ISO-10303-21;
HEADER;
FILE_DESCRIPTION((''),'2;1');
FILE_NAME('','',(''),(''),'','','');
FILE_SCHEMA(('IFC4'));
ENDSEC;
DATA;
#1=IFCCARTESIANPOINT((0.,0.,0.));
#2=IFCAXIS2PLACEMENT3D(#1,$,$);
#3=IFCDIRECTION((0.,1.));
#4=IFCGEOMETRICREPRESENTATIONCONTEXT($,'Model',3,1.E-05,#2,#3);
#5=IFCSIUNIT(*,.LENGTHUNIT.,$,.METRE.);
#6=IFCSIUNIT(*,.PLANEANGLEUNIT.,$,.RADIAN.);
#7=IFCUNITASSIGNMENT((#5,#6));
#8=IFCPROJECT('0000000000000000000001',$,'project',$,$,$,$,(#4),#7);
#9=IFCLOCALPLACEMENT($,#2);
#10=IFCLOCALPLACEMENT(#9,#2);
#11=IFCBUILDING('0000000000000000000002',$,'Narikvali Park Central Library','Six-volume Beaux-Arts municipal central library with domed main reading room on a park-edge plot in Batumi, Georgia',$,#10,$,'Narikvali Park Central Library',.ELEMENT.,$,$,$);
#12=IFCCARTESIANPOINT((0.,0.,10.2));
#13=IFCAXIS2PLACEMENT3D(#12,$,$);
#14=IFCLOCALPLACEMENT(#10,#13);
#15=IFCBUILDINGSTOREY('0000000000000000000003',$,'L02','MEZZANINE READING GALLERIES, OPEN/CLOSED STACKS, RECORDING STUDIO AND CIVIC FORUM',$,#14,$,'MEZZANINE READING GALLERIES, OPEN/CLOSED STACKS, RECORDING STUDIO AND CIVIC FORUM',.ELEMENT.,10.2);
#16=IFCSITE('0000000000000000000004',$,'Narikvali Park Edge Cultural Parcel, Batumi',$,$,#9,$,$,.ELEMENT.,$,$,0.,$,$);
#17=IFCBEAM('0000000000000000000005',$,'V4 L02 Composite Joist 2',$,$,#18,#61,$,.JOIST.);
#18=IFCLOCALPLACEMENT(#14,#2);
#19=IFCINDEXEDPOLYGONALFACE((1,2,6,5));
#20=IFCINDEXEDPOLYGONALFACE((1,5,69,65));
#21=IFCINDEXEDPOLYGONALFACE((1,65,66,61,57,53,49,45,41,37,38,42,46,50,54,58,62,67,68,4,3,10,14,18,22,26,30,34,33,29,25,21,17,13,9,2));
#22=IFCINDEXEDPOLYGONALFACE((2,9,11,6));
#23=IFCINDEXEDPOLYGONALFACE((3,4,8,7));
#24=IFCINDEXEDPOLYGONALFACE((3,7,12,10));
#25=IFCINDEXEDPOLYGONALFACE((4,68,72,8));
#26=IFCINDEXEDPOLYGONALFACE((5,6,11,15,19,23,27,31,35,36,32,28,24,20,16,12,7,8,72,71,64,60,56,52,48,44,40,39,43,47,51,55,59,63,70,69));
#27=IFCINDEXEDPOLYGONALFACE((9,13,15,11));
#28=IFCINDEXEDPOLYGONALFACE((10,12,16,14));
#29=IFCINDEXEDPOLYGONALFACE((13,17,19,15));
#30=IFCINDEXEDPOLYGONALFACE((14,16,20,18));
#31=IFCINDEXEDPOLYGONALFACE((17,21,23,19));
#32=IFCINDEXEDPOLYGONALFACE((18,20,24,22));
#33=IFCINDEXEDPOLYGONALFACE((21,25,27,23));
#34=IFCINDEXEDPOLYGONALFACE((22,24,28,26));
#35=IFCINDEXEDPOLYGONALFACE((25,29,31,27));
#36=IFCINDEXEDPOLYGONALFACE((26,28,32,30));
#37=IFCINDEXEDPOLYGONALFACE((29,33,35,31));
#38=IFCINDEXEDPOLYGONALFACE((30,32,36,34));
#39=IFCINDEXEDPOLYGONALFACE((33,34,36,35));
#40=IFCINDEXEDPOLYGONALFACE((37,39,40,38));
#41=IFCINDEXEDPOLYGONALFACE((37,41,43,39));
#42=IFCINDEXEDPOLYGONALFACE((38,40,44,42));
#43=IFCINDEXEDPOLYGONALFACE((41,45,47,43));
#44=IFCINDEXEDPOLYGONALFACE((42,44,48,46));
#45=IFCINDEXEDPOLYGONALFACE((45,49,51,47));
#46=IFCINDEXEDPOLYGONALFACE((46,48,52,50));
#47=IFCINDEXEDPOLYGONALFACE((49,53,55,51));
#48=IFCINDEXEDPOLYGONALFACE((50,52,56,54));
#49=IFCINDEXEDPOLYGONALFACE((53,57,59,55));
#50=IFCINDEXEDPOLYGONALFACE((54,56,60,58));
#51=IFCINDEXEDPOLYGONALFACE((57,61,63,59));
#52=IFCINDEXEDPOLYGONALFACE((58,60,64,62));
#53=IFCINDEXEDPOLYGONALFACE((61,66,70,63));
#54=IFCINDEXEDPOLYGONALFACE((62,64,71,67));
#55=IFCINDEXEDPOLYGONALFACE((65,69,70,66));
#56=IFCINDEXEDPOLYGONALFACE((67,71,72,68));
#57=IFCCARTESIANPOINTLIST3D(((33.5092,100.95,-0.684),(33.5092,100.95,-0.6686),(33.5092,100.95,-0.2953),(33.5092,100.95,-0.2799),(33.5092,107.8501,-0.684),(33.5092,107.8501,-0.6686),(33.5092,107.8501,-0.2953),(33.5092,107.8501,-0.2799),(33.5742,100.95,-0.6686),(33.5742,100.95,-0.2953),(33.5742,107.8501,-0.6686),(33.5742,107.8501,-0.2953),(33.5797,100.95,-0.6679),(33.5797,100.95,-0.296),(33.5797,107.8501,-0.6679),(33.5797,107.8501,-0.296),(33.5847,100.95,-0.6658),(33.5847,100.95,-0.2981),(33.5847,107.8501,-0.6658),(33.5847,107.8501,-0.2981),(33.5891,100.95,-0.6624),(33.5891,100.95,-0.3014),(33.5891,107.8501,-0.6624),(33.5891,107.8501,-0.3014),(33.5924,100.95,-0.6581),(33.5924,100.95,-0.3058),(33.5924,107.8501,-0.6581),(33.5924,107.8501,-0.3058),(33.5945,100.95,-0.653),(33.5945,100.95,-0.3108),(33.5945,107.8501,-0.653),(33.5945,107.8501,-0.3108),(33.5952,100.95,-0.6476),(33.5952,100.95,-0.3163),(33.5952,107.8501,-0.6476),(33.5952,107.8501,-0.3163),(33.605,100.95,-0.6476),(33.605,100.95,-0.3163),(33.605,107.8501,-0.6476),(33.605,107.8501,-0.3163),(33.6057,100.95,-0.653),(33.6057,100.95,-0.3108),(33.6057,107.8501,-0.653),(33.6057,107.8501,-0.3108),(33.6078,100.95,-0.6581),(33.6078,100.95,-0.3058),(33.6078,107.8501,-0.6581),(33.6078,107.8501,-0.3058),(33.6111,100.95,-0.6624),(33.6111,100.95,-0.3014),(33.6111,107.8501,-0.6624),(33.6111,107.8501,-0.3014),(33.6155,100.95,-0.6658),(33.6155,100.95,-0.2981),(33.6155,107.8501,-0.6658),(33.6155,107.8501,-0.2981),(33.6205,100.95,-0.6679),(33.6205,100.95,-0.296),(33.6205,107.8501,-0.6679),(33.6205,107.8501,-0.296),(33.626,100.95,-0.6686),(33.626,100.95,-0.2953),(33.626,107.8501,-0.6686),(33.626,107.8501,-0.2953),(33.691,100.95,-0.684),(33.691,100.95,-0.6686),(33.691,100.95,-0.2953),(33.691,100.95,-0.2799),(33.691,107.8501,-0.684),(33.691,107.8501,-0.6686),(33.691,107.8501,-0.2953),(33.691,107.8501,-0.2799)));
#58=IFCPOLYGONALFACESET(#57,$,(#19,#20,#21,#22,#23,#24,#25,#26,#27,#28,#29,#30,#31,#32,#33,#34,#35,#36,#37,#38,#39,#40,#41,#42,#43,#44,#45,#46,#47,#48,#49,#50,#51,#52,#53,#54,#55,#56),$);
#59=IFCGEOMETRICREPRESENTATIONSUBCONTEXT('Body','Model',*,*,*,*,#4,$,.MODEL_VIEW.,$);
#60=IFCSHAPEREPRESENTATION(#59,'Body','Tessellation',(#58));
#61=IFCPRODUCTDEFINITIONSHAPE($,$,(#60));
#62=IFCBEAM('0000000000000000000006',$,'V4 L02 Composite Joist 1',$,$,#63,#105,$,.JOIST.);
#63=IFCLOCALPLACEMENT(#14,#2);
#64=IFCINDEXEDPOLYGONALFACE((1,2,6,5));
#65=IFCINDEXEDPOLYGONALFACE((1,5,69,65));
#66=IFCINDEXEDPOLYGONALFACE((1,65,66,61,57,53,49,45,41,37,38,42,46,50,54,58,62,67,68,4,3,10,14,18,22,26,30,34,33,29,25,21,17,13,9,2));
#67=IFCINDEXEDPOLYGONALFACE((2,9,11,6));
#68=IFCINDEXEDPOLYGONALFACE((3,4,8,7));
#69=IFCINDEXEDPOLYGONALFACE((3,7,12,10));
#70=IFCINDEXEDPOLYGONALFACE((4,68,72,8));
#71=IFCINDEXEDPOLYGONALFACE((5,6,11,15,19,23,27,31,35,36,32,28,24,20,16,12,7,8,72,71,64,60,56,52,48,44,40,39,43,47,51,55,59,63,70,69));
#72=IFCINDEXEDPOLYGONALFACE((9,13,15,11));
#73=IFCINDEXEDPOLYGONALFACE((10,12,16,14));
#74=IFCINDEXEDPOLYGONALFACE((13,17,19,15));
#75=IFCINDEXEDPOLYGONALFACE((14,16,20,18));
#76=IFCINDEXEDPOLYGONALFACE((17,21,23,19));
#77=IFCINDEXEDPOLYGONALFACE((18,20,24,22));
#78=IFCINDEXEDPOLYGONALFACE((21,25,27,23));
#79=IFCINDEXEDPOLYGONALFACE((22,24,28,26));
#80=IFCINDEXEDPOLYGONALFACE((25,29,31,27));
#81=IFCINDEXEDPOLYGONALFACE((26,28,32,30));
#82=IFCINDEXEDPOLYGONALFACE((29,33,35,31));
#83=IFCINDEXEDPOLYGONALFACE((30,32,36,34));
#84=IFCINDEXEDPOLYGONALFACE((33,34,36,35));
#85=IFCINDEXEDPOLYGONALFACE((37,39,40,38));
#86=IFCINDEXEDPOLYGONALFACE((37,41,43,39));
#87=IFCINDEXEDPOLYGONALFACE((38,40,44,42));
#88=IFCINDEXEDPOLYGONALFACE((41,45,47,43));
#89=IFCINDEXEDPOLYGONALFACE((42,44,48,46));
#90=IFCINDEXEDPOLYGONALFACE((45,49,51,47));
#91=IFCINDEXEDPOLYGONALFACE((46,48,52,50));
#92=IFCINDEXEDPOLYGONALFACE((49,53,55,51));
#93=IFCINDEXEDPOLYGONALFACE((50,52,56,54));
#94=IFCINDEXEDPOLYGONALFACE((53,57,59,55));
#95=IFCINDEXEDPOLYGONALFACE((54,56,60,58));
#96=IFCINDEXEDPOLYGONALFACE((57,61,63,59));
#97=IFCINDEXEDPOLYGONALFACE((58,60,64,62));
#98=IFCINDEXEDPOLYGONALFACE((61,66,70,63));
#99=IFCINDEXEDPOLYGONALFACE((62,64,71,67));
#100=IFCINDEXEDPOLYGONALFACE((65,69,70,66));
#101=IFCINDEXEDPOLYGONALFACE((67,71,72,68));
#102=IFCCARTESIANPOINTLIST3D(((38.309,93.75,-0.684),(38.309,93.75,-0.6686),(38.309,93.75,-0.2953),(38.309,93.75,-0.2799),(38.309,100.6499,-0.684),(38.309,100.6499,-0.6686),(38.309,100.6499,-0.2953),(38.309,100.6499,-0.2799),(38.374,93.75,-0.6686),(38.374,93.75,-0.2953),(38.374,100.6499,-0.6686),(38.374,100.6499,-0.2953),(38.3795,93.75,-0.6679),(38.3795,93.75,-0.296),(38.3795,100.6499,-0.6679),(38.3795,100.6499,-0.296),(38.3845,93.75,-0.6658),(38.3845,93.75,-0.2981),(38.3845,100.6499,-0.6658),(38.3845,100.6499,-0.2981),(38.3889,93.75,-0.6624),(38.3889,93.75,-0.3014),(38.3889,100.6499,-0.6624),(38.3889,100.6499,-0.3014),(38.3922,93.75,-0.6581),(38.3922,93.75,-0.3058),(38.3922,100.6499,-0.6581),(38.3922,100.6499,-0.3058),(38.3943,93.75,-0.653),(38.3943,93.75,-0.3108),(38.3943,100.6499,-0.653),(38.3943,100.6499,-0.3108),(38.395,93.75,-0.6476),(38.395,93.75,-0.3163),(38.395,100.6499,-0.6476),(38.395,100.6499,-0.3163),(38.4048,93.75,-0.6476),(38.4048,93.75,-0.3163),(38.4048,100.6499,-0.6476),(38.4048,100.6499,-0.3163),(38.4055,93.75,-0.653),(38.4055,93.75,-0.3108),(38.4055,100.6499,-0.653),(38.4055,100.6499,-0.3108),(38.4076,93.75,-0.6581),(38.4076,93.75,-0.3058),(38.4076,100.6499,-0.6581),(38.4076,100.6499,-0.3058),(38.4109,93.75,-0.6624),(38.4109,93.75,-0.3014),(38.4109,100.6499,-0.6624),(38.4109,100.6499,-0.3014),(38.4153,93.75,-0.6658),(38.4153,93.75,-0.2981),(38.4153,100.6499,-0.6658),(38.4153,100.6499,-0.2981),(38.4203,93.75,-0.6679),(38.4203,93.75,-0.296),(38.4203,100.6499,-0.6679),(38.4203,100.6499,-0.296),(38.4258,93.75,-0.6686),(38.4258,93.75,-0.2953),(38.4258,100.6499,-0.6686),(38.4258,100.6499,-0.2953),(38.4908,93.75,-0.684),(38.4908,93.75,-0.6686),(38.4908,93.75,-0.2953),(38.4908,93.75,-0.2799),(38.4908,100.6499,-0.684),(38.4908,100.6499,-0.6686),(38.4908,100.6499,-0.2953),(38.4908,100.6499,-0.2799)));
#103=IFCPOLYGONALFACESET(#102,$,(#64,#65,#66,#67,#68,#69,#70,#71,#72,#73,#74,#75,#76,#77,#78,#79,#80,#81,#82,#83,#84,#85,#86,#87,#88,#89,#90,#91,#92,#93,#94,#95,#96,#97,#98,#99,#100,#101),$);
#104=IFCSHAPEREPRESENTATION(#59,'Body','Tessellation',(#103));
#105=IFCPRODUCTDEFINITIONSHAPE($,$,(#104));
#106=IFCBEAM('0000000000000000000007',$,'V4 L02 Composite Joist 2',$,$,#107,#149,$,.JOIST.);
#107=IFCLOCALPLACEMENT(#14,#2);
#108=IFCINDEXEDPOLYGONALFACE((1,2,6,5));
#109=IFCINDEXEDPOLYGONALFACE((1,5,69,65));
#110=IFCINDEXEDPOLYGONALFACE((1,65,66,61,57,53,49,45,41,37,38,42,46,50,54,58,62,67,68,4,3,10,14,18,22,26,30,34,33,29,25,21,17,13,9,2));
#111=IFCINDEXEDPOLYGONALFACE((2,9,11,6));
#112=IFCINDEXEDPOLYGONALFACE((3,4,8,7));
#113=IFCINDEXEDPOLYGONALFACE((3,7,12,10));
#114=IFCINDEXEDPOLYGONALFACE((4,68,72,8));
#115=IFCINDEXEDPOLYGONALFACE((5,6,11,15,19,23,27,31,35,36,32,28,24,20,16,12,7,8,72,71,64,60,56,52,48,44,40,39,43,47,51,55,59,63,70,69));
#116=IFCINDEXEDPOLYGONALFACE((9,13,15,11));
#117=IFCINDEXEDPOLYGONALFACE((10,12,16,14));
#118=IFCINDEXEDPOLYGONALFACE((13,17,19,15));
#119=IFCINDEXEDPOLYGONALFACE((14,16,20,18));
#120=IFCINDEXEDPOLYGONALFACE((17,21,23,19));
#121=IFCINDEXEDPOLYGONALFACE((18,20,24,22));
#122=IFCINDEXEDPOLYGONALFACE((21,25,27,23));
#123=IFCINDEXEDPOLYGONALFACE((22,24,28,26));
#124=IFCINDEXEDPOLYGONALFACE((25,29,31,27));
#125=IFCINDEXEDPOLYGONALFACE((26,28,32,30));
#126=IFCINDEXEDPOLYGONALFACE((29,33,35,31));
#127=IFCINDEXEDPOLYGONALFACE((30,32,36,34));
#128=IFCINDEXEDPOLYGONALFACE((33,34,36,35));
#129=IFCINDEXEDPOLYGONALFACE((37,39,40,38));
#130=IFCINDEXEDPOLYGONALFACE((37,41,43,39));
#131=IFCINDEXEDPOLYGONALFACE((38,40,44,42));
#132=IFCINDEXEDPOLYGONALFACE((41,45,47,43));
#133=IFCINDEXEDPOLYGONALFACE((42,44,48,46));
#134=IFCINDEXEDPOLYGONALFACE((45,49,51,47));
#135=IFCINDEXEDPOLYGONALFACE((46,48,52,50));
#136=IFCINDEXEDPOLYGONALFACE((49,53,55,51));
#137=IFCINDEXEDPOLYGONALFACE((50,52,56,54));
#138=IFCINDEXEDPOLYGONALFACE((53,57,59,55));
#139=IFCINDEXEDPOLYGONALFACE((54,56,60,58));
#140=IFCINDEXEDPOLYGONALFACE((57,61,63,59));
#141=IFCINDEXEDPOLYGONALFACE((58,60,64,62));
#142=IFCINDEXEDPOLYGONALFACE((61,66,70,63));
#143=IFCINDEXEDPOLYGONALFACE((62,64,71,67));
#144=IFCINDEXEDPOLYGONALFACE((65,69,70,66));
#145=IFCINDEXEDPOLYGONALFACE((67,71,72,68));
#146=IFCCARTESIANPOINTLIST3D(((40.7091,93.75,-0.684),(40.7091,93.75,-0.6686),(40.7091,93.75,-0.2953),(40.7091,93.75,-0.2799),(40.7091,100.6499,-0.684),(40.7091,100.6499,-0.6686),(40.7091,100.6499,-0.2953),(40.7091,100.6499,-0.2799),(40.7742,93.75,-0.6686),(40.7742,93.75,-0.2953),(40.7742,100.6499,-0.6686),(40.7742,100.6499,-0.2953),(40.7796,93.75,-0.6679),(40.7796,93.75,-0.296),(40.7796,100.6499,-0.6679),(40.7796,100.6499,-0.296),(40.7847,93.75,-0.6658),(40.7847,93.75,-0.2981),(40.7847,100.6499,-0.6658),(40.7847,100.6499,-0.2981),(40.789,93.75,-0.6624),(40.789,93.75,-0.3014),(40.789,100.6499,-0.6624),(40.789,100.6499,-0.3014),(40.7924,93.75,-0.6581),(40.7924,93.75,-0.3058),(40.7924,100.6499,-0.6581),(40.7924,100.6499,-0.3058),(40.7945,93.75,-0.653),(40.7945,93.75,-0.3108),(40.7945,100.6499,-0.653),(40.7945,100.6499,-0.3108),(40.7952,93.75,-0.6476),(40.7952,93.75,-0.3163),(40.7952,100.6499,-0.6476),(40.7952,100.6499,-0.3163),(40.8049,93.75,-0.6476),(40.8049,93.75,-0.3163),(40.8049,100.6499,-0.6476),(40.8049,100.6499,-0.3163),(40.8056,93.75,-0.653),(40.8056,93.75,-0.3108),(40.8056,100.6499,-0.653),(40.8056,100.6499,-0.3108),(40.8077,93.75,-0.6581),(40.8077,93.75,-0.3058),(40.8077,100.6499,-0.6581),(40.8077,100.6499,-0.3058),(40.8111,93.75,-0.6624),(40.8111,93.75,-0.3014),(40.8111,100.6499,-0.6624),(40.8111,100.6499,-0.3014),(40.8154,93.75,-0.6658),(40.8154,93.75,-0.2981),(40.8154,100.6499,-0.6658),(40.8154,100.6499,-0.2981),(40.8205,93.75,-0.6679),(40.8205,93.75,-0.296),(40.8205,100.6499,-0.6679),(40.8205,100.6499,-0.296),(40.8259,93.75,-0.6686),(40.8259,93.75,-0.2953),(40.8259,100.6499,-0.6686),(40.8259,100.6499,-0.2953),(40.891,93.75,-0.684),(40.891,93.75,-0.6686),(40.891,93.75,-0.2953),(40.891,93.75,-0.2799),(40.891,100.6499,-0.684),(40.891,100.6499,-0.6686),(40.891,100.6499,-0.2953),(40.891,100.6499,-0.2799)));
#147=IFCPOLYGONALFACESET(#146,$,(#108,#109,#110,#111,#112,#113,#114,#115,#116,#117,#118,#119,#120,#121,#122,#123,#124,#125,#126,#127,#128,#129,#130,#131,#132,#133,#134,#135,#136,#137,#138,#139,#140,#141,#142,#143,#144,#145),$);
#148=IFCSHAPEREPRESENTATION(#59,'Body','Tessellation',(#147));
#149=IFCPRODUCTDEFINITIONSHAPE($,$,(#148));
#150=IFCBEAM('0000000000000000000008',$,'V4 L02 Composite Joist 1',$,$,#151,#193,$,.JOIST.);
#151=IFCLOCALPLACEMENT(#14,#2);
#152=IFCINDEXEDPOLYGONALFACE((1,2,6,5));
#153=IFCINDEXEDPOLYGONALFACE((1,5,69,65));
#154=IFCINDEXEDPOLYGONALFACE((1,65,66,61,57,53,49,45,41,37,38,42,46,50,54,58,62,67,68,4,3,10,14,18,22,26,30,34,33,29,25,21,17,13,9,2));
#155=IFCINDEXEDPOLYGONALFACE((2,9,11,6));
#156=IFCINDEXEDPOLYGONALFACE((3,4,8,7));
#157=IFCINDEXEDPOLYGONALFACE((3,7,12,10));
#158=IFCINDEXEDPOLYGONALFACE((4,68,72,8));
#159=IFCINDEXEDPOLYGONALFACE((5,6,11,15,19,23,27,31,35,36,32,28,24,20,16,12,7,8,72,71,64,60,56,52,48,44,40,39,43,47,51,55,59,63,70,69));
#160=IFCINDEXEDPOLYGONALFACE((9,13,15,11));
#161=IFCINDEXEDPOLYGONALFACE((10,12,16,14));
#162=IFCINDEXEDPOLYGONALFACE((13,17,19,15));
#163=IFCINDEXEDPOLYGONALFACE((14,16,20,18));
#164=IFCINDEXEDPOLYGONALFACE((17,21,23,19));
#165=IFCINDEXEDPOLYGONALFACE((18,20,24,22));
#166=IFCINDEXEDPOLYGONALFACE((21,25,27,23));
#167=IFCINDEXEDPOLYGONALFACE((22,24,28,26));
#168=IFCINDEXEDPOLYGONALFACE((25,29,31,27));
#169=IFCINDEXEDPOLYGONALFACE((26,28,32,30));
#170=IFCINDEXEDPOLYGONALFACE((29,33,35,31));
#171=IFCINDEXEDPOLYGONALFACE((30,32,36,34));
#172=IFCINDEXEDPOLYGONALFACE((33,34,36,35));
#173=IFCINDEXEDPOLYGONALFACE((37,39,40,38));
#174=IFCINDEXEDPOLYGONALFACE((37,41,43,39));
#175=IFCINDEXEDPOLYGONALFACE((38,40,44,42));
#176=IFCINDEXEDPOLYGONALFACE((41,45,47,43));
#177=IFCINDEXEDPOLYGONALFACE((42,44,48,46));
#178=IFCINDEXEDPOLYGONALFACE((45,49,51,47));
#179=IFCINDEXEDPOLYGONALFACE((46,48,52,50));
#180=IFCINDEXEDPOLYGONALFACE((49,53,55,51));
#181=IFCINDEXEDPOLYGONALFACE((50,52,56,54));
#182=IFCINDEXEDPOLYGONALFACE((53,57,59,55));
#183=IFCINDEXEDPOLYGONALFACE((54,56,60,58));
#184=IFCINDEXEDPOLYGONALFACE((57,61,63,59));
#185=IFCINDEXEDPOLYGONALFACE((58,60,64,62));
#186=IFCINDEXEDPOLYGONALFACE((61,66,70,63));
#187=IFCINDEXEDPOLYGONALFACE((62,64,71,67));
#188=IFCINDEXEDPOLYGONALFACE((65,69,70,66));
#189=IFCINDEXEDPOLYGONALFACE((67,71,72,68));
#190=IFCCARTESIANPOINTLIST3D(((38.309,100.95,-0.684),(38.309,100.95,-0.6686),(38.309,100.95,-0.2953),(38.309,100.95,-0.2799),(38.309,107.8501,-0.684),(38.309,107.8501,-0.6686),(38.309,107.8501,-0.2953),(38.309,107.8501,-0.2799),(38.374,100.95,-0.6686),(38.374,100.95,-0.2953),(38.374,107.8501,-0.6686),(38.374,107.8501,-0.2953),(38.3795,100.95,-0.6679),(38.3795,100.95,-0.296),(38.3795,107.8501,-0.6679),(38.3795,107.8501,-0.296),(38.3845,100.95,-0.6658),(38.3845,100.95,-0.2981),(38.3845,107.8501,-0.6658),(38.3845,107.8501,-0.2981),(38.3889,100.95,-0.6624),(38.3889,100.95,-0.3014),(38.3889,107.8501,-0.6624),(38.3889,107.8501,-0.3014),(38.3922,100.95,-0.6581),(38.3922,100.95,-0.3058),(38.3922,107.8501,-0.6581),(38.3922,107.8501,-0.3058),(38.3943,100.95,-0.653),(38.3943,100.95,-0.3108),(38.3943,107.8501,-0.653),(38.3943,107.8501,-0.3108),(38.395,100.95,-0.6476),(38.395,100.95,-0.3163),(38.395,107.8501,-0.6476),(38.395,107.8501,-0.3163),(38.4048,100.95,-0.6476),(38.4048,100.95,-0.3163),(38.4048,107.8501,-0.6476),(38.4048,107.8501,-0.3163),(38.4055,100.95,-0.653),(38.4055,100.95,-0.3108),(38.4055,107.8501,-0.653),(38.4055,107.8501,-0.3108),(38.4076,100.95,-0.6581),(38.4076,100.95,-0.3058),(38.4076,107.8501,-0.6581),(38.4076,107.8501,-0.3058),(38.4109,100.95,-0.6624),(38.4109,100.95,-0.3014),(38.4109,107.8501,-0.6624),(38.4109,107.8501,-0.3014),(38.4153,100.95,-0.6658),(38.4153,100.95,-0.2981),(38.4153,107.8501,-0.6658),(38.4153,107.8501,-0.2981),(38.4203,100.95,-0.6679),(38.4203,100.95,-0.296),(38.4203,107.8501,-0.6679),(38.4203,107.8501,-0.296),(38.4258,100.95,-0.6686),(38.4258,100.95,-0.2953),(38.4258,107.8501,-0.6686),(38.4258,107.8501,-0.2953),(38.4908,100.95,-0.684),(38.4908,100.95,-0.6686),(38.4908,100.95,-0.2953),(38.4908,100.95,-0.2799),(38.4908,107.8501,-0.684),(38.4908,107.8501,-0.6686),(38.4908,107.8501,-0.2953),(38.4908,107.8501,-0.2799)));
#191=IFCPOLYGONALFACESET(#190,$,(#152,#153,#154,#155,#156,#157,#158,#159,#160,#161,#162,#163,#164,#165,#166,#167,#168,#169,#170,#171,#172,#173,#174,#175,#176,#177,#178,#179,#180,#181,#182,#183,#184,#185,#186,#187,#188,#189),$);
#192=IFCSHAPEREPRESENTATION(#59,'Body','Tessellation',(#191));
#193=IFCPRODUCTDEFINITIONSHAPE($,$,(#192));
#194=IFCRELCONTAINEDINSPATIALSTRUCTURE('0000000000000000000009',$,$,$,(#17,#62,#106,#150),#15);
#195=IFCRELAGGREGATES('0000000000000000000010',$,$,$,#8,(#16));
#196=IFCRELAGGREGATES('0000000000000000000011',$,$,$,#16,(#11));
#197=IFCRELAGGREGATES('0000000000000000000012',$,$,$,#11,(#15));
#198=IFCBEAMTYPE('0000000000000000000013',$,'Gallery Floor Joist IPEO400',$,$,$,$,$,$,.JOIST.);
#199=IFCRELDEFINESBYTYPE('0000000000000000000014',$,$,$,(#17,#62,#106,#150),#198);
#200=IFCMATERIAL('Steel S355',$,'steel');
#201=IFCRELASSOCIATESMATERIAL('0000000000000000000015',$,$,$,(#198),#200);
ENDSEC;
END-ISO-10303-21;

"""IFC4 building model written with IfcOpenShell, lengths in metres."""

from ifc_helpers import new_model, si_unit, direction, frame, origin, origin_2d, place, context, subcontext, project, spatial, i_section, extrude, material, material_profile, profile_set, type_object, element, save


model = new_model("IFC4")

# Units and contexts
model_context = context("Model", 3, precision=1e-05, world=origin(), true_north=direction((0.0, 1.0)))
body_context = subcontext(model_context, "Body", "Model", "MODEL_VIEW")
ifc_project = project(units=[si_unit("LENGTHUNIT", "METRE"), si_unit("PLANEANGLEUNIT", "RADIAN")], contexts=[model_context])

# Site, building, storey
site_placement = place(None, origin())
site = spatial("IfcSite", under=ifc_project, at=site_placement, Name="Narikvali Park Edge Cultural Parcel, Batumi", CompositionType="ELEMENT", RefElevation=0.0)
building_placement = place(site_placement, origin())
building = spatial("IfcBuilding", under=site, at=building_placement, Name="Narikvali Park Central Library", Description="Six-volume Beaux-Arts municipal central library with domed main reading room on a park-edge plot in Batumi, Georgia", LongName="Narikvali Park Central Library", CompositionType="ELEMENT")
storey_placement = place(building_placement, frame((0.0, 0.0, 10.2)))
storey = spatial("IfcBuildingStorey", under=building, at=storey_placement, Name="L02", Description="MEZZANINE READING GALLERIES, OPEN/CLOSED STACKS, RECORDING STUDIO AND CIVIC FORUM", LongName="MEZZANINE READING GALLERIES, OPEN/CLOSED STACKS, RECORDING STUDIO AND CIVIC FORUM", CompositionType="ELEMENT", Elevation=10.2)

# Shared definitions
ifc_material_1 = material(Name="Steel S355", Category="steel")

# Beams
ifc_material_profile_1 = material_profile(ifc_material_1, i_section(OverallWidth=0.1819, OverallDepth=0.4041, WebThickness=0.0098, FlangeThickness=0.0154, FilletRadius=0.021, at=origin_2d()), Name="IPEO 400")
ifc_profile_set_1 = profile_set([ifc_material_profile_1], Name="Steel S355")
beam_type_1 = type_object("IfcBeamType", Name="Gallery Floor Joist IPEO400", PredefinedType="JOIST", material=ifc_profile_set_1)
for number, where, z_axis, x_axis, name in (
    (1, (33.6001, 100.95, -0.4819), (0.0, 1.0, 0.0), (-1.0, 0.0, 0.0), "V4 L02 Composite Joist 2"),
):
    element("IfcBeam", number, at=place(storey_placement, frame(where, z_axis=z_axis, x_axis=x_axis)), inside=storey, type_object=beam_type_1, Name=name, PredefinedType="JOIST", context=body_context, shape_type="SweptSolid", body=[
        extrude(i_section(OverallWidth=0.1819, OverallDepth=0.4041, WebThickness=0.0098, FlangeThickness=0.0154, FilletRadius=0.021, at=origin_2d()), origin(), (0.0, 0.0, 1.0), 6.9001),
    ])
for number, where, z_axis, x_axis, name in (
    (2, (38.3999, 93.75, -0.4819), (0.0, 1.0, 0.0), (-1.0, 0.0, 0.0), "V4 L02 Composite Joist 1"),
    (3, (40.8, 93.75, -0.4819), (0.0, 1.0, 0.0), (-1.0, 0.0, 0.0), "V4 L02 Composite Joist 2"),
):
    element("IfcBeam", number, at=place(storey_placement, frame(where, z_axis=z_axis, x_axis=x_axis)), inside=storey, type_object=beam_type_1, Name=name, PredefinedType="JOIST", context=body_context, shape_type="SweptSolid", body=[
        extrude(i_section(OverallWidth=0.1819, OverallDepth=0.4041, WebThickness=0.0098, FlangeThickness=0.0154, FilletRadius=0.021, at=origin_2d()), origin(), (0.0, 0.0, 1.0), 6.8999),
    ])
for number, where, z_axis, x_axis, name in (
    (4, (38.3999, 100.95, -0.4819), (0.0, 1.0, 0.0), (-1.0, 0.0, 0.0), "V4 L02 Composite Joist 1"),
):
    element("IfcBeam", number, at=place(storey_placement, frame(where, z_axis=z_axis, x_axis=x_axis)), inside=storey, type_object=beam_type_1, Name=name, PredefinedType="JOIST", context=body_context, shape_type="SweptSolid", body=[
        extrude(i_section(OverallWidth=0.1819, OverallDepth=0.4041, WebThickness=0.0098, FlangeThickness=0.0154, FilletRadius=0.021, at=origin_2d()), origin(), (0.0, 0.0, 1.0), 6.9001),
    ])

save(model, "model.ifc")
